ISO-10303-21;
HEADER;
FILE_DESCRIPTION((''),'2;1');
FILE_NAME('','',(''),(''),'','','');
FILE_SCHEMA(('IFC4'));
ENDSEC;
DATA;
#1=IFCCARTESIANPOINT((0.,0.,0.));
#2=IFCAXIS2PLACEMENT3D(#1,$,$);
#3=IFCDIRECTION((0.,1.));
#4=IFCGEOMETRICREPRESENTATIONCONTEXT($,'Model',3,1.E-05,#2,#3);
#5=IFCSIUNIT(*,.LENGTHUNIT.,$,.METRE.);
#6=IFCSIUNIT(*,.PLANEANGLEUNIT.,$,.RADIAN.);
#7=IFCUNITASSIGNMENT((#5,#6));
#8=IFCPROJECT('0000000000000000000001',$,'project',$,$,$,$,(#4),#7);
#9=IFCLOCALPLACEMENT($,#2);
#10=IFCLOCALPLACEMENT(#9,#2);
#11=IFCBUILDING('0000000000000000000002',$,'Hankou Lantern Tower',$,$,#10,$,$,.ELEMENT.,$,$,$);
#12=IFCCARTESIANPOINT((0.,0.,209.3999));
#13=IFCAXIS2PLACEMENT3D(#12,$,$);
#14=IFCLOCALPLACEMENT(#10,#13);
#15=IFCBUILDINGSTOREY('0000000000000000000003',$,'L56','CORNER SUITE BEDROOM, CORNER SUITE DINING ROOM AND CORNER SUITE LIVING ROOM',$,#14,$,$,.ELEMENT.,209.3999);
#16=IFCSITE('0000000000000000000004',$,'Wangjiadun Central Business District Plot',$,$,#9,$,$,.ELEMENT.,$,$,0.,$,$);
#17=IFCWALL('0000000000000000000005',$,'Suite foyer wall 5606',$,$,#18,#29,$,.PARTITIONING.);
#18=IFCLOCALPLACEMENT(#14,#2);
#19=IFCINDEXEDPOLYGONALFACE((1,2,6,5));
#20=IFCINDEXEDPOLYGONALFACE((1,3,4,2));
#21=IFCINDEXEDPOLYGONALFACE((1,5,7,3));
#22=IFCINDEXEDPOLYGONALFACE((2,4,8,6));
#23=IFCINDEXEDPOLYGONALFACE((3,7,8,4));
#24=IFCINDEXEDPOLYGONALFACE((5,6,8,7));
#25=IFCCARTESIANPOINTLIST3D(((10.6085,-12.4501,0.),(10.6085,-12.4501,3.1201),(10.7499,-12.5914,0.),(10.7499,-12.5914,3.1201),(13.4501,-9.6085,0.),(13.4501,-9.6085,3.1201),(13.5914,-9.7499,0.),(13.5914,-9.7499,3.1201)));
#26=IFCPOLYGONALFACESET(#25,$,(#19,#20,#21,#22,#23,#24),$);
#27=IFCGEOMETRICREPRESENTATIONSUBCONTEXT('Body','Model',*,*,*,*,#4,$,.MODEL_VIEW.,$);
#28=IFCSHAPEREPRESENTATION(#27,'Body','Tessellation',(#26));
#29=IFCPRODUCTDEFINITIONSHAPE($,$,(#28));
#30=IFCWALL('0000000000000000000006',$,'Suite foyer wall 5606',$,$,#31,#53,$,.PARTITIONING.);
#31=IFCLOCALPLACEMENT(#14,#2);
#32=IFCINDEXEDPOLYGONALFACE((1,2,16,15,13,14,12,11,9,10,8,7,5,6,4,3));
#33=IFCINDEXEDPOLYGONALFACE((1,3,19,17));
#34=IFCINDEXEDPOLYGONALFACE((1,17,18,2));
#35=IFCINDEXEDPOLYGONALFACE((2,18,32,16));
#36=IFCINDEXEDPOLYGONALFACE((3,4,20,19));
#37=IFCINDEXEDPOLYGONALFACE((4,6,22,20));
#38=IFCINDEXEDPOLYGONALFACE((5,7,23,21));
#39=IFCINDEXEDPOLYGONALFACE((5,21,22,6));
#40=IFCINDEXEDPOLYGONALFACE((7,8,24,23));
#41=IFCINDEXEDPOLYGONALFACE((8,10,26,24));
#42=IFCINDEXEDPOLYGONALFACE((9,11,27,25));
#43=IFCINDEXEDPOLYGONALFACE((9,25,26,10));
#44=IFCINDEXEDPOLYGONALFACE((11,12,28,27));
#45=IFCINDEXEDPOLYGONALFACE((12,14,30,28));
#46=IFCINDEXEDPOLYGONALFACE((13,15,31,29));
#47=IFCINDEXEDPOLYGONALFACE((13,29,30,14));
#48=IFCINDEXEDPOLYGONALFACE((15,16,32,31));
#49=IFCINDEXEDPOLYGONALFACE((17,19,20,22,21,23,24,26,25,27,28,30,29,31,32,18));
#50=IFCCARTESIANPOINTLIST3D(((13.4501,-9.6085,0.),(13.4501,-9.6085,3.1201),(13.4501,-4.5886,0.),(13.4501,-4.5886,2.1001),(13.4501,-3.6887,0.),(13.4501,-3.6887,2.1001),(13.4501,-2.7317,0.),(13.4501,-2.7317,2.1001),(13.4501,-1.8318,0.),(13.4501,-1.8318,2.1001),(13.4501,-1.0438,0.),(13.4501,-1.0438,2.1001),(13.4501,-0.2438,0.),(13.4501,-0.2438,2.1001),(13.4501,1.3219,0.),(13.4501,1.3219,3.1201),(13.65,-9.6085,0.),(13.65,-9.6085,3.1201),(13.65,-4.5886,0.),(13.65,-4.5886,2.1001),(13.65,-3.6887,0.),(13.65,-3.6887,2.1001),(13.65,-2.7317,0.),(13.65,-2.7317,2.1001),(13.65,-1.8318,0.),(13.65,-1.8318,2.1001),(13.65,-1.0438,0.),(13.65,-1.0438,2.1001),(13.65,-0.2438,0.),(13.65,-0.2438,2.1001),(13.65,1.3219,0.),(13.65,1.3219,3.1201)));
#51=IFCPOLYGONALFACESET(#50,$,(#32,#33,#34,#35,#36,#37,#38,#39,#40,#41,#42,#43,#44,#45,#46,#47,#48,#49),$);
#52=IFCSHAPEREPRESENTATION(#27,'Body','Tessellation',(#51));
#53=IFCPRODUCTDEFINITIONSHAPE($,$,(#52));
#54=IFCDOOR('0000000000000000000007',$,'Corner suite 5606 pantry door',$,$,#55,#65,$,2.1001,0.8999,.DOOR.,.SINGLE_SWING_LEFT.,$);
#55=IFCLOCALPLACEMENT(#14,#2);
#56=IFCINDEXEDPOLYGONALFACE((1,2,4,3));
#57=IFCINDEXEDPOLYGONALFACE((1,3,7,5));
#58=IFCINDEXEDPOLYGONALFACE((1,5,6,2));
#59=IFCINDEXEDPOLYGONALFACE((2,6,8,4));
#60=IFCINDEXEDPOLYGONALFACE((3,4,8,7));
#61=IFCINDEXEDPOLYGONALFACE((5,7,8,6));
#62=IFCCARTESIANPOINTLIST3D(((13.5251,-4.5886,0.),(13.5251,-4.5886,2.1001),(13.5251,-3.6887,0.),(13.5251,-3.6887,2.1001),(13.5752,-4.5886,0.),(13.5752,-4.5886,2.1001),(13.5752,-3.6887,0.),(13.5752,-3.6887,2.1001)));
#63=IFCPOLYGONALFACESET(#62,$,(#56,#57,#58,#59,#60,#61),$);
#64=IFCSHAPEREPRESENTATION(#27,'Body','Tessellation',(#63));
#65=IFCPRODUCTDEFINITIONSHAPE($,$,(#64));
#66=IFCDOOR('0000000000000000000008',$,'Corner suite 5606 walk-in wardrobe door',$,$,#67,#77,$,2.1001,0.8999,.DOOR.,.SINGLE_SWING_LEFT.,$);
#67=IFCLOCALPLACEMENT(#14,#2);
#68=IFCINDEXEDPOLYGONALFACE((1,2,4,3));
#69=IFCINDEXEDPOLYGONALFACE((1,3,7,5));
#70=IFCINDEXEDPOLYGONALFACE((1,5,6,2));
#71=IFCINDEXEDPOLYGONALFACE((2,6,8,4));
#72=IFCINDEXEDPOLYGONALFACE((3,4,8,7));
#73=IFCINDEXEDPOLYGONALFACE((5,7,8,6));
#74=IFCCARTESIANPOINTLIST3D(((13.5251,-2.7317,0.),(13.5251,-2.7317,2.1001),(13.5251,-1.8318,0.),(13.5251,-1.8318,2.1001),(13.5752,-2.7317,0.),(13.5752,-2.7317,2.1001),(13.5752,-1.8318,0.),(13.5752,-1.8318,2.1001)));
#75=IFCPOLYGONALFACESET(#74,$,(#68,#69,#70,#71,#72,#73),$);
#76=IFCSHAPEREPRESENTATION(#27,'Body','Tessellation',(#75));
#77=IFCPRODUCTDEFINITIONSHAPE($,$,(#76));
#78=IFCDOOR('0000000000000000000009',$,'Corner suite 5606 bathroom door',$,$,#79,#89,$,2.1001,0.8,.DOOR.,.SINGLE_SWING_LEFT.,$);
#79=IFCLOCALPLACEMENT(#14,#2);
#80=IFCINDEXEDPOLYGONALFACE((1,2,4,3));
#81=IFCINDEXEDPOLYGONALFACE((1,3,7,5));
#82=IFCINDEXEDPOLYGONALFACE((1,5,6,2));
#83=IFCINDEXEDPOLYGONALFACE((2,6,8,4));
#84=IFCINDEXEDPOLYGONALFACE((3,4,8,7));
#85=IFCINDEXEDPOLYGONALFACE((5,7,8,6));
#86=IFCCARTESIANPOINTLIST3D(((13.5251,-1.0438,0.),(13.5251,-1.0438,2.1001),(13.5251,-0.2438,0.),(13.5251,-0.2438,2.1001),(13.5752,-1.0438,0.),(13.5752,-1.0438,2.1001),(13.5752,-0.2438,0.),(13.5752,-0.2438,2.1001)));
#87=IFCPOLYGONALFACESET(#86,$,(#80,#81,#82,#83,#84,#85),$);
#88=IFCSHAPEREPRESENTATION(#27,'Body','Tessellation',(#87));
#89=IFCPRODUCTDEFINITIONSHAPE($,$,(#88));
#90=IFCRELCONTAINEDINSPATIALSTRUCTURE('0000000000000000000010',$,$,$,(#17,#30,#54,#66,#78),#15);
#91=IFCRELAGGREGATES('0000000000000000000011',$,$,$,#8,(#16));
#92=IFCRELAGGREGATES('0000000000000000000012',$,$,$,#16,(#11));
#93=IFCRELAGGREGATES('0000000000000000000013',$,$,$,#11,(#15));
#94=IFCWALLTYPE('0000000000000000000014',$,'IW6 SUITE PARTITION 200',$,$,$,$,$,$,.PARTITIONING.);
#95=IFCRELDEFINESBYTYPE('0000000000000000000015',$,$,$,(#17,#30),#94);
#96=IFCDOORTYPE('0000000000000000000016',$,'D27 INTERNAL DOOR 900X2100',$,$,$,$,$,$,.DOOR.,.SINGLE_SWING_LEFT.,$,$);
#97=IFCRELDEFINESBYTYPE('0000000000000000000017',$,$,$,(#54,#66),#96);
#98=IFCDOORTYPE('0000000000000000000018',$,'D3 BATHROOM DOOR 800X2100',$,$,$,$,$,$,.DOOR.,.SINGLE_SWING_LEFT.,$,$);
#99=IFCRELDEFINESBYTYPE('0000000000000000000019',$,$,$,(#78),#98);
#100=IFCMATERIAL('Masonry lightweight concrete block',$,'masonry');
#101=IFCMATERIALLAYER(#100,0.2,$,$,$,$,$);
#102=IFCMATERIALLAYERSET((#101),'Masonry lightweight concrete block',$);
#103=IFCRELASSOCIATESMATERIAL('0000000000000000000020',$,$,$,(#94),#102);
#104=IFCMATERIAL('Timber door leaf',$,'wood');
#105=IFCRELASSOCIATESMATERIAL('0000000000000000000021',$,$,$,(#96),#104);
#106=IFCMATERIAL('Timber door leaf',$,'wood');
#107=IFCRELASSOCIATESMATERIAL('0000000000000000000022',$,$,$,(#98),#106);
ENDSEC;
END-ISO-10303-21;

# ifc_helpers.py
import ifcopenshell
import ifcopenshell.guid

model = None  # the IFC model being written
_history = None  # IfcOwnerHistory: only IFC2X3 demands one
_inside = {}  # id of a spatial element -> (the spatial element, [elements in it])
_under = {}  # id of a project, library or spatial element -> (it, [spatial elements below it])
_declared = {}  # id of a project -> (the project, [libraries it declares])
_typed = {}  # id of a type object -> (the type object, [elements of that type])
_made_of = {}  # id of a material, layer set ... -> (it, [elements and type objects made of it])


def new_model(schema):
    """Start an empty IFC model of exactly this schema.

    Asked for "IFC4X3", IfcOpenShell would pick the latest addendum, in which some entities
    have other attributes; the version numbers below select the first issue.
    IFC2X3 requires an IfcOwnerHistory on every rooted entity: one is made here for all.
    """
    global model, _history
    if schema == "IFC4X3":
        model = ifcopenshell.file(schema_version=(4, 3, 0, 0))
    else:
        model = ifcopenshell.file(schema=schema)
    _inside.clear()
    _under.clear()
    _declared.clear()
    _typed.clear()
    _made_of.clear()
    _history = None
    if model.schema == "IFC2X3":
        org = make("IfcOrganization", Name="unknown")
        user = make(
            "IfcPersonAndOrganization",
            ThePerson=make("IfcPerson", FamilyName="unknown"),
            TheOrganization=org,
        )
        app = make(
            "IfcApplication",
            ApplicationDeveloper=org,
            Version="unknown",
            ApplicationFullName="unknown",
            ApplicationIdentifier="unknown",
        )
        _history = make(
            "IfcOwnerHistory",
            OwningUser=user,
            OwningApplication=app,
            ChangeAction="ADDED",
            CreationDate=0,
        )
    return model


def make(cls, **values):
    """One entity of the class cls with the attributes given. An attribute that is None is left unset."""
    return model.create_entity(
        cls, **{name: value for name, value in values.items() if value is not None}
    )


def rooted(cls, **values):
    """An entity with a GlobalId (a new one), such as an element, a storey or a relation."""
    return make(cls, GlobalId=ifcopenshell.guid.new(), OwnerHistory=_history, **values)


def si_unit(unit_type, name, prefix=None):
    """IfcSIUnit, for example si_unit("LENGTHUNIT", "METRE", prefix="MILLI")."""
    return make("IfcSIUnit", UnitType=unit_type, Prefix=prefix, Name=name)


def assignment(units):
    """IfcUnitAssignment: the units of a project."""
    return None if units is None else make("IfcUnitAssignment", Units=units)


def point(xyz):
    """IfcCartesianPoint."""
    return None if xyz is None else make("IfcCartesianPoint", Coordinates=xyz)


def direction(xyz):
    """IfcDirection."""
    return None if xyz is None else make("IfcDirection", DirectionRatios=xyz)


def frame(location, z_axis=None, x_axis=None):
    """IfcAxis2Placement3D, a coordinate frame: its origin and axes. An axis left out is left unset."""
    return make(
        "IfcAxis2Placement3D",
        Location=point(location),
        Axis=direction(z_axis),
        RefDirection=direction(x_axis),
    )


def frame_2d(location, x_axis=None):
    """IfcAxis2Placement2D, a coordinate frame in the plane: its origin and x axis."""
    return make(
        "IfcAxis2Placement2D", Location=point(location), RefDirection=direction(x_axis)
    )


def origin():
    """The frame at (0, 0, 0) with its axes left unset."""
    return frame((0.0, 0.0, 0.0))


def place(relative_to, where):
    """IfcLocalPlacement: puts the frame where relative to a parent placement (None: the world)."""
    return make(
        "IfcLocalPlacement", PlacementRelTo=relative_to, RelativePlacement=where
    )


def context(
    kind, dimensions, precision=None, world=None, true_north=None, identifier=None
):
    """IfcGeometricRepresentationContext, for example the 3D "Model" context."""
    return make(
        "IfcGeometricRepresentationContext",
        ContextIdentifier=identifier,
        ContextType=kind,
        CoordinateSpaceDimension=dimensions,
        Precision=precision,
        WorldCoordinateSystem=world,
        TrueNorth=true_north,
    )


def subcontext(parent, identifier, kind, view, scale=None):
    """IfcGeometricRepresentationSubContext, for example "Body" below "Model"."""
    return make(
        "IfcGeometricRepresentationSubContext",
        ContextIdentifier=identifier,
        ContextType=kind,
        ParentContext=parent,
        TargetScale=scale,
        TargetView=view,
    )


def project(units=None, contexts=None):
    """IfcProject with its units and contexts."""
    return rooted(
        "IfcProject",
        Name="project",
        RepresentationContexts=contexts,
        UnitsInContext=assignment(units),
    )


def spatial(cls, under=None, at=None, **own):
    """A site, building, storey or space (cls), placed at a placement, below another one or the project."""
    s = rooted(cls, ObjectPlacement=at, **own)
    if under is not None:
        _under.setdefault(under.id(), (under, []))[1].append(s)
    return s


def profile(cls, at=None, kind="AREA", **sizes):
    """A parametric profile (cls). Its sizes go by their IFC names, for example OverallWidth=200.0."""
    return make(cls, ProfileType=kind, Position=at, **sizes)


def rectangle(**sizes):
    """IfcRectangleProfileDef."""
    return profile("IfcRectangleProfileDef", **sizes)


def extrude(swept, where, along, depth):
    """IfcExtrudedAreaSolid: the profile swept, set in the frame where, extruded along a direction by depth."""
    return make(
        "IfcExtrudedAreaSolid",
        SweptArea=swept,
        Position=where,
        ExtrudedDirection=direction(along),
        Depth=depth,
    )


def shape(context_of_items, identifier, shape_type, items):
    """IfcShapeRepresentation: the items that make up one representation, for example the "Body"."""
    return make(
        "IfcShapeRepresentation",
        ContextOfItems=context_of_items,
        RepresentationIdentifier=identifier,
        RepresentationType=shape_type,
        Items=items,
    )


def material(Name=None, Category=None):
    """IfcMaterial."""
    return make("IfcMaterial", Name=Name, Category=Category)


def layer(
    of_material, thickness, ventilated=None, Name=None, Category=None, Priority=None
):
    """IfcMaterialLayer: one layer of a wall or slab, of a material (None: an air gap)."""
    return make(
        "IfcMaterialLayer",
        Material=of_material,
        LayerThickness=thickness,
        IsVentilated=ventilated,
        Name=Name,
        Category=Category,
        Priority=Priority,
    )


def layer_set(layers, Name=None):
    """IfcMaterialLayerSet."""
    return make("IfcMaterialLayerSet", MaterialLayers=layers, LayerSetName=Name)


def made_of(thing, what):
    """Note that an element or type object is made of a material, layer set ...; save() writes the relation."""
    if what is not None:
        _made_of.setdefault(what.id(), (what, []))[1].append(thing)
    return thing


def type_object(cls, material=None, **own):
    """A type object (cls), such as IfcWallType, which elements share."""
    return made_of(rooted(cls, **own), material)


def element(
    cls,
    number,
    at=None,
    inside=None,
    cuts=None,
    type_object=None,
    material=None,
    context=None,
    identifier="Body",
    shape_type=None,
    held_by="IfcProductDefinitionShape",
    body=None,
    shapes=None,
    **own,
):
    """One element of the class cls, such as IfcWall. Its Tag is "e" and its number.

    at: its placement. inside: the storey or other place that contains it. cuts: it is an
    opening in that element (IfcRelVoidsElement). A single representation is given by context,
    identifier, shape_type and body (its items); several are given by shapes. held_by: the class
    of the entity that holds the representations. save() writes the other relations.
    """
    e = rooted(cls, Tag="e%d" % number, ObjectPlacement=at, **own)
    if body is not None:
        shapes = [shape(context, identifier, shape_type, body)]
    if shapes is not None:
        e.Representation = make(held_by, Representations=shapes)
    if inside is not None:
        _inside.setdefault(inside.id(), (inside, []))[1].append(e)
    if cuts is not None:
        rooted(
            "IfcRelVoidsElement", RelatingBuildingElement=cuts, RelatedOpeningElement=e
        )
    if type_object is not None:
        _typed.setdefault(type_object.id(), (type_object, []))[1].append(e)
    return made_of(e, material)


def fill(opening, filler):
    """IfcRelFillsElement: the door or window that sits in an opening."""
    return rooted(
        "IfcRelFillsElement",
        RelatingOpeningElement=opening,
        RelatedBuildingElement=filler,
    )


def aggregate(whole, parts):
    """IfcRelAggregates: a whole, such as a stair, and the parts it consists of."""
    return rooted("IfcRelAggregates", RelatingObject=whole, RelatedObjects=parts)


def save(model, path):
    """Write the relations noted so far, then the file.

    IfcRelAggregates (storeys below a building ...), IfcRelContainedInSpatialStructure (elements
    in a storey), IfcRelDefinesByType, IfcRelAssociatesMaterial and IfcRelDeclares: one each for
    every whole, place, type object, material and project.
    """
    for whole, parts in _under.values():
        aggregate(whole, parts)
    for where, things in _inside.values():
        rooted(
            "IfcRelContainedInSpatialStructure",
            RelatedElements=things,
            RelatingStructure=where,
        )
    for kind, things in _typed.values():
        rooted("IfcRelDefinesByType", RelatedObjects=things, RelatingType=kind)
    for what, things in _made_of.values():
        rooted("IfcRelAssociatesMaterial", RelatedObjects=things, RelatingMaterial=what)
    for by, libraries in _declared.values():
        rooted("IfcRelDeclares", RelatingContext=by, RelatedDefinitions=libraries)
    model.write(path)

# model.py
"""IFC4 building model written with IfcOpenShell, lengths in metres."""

from ifc_helpers import new_model, si_unit, direction, frame, frame_2d, origin, place, context, subcontext, project, spatial, rectangle, extrude, material, layer, layer_set, type_object, element, fill, save


model = new_model("IFC4")

# Units and contexts
model_context = context("Model", 3, precision=1e-05, world=origin(), true_north=direction((0.0, 1.0)))
body_context = subcontext(model_context, "Body", "Model", "MODEL_VIEW")
ifc_project = project(units=[si_unit("LENGTHUNIT", "METRE"), si_unit("PLANEANGLEUNIT", "RADIAN")], contexts=[model_context])

# Site, building, storey
site_placement = place(None, origin())
site = spatial("IfcSite", under=ifc_project, at=site_placement, Name="Wangjiadun Central Business District Plot", CompositionType="ELEMENT", RefElevation=0.0)
building_placement = place(site_placement, origin())
building = spatial("IfcBuilding", under=site, at=building_placement, Name="Hankou Lantern Tower", CompositionType="ELEMENT")
storey_placement = place(building_placement, frame((0.0, 0.0, 209.3999)))
storey = spatial("IfcBuildingStorey", under=building, at=storey_placement, Name="L56", Description="CORNER SUITE BEDROOM, CORNER SUITE DINING ROOM AND CORNER SUITE LIVING ROOM", CompositionType="ELEMENT", Elevation=209.3999)

# Wall
ifc_material_1 = material(Name="Masonry lightweight concrete block", Category="masonry")
ifc_layer_1 = layer(ifc_material_1, 0.2)
ifc_layer_set_1 = layer_set([ifc_layer_1], Name="Masonry lightweight concrete block")
wall_type_1 = type_object("IfcWallType", Name="IW6 SUITE PARTITION 200", PredefinedType="PARTITIONING", material=ifc_layer_set_1)
wall_1_placement = place(storey_placement, frame((10.6792, -12.5208, 0.0), z_axis=(0.0, 0.0, 1.0), x_axis=(0.707107, 0.707107, 0.0)))
element("IfcWall", 1, at=wall_1_placement, inside=storey, type_object=wall_type_1, Name="Suite foyer wall 5606", PredefinedType="PARTITIONING", context=body_context, shape_type="SweptSolid", body=[
    extrude(rectangle(XDim=4.0186, YDim=0.2, at=frame_2d((2.0093, 0.0))), origin(), (0.0, 0.0, 1.0), 3.1201),
])

# Wall, openings, doors
wall_2_placement = place(storey_placement, frame((13.55, -9.6086, 0.0), z_axis=(0.0, 0.0, 1.0), x_axis=(0.0, 1.0, 0.0)))
wall_2 = element("IfcWall", 2, at=wall_2_placement, inside=storey, type_object=wall_type_1, Name="Suite foyer wall 5606", PredefinedType="PARTITIONING", context=body_context, shape_type="SweptSolid", body=[
    extrude(rectangle(XDim=10.9304, YDim=0.2, at=frame_2d((5.4653, 0.0))), origin(), (0.0, 0.0, 1.0), 3.1201),
])
opening_1_placement = place(wall_2_placement, frame((5.02, 0.0, 0.0)))
opening_1 = element("IfcOpeningElement", 3, at=opening_1_placement, cuts=wall_2, PredefinedType="OPENING", context=body_context, shape_type="SweptSolid", body=[
    extrude(rectangle(XDim=0.8999, YDim=2.1001, at=frame_2d((0.45, 1.05))), frame((0.0, 0.1099, 0.0), z_axis=(0.0, -1.0, 0.0), x_axis=(1.0, 0.0, 0.0)), (0.0, 0.0, 1.0), 0.22),
])
opening_2_placement = place(wall_2_placement, frame((6.877, 0.0, 0.0)))
opening_2 = element("IfcOpeningElement", 4, at=opening_2_placement, cuts=wall_2, PredefinedType="OPENING", context=body_context, shape_type="SweptSolid", body=[
    extrude(rectangle(XDim=0.8999, YDim=2.1001, at=frame_2d((0.45, 1.05))), frame((0.0, 0.1099, 0.0), z_axis=(0.0, -1.0, 0.0), x_axis=(1.0, 0.0, 0.0)), (0.0, 0.0, 1.0), 0.22),
])
opening_3_placement = place(wall_2_placement, frame((8.5649, 0.0, 0.0)))
opening_3 = element("IfcOpeningElement", 5, at=opening_3_placement, cuts=wall_2, PredefinedType="OPENING", context=body_context, shape_type="SweptSolid", body=[
    extrude(rectangle(XDim=0.8, YDim=2.1001, at=frame_2d((0.3999, 1.05))), frame((0.0, 0.1099, 0.0), z_axis=(0.0, -1.0, 0.0), x_axis=(1.0, 0.0, 0.0)), (0.0, 0.0, 1.0), 0.22),
])
ifc_material_2 = material(Name="Timber door leaf", Category="wood")
door_type_1 = type_object("IfcDoorType", Name="D27 INTERNAL DOOR 900X2100", OperationType="SINGLE_SWING_LEFT", PredefinedType="DOOR", material=ifc_material_2)
door_1_placement = place(opening_1_placement, origin())
door_1 = element("IfcDoor", 6, at=door_1_placement, inside=storey, type_object=door_type_1, Name="Corner suite 5606 pantry door", OperationType="SINGLE_SWING_LEFT", OverallHeight=2.1001, OverallWidth=0.8999, PredefinedType="DOOR", context=body_context, shape_type="SweptSolid", body=[
    extrude(rectangle(XDim=0.8999, YDim=2.1001, at=frame_2d((0.45, 1.05))), frame((0.0, 0.0249, 0.0), z_axis=(0.0, -1.0, 0.0), x_axis=(1.0, 0.0, 0.0)), (0.0, 0.0, 1.0), 0.05),
])
fill(opening_1, door_1)
door_2_placement = place(opening_2_placement, origin())
door_2 = element("IfcDoor", 7, at=door_2_placement, inside=storey, type_object=door_type_1, Name="Corner suite 5606 walk-in wardrobe door", OperationType="SINGLE_SWING_LEFT", OverallHeight=2.1001, OverallWidth=0.8999, PredefinedType="DOOR", context=body_context, shape_type="SweptSolid", body=[
    extrude(rectangle(XDim=0.8999, YDim=2.1001, at=frame_2d((0.45, 1.05))), frame((0.0, 0.0249, 0.0), z_axis=(0.0, -1.0, 0.0), x_axis=(1.0, 0.0, 0.0)), (0.0, 0.0, 1.0), 0.05),
])
fill(opening_2, door_2)
ifc_material_3 = material(Name="Timber door leaf", Category="wood")
door_type_2 = type_object("IfcDoorType", Name="D3 BATHROOM DOOR 800X2100", OperationType="SINGLE_SWING_LEFT", PredefinedType="DOOR", material=ifc_material_3)
door_3_placement = place(opening_3_placement, origin())
door_3 = element("IfcDoor", 8, at=door_3_placement, inside=storey, type_object=door_type_2, Name="Corner suite 5606 bathroom door", OperationType="SINGLE_SWING_LEFT", OverallHeight=2.1001, OverallWidth=0.8, PredefinedType="DOOR", context=body_context, shape_type="SweptSolid", body=[
    extrude(rectangle(XDim=0.8, YDim=2.1001, at=frame_2d((0.3999, 1.05))), frame((0.0, 0.0249, 0.0), z_axis=(0.0, -1.0, 0.0), x_axis=(1.0, 0.0, 0.0)), (0.0, 0.0, 1.0), 0.05),
])
fill(opening_3, door_3)

save(model, "model.ifc")
